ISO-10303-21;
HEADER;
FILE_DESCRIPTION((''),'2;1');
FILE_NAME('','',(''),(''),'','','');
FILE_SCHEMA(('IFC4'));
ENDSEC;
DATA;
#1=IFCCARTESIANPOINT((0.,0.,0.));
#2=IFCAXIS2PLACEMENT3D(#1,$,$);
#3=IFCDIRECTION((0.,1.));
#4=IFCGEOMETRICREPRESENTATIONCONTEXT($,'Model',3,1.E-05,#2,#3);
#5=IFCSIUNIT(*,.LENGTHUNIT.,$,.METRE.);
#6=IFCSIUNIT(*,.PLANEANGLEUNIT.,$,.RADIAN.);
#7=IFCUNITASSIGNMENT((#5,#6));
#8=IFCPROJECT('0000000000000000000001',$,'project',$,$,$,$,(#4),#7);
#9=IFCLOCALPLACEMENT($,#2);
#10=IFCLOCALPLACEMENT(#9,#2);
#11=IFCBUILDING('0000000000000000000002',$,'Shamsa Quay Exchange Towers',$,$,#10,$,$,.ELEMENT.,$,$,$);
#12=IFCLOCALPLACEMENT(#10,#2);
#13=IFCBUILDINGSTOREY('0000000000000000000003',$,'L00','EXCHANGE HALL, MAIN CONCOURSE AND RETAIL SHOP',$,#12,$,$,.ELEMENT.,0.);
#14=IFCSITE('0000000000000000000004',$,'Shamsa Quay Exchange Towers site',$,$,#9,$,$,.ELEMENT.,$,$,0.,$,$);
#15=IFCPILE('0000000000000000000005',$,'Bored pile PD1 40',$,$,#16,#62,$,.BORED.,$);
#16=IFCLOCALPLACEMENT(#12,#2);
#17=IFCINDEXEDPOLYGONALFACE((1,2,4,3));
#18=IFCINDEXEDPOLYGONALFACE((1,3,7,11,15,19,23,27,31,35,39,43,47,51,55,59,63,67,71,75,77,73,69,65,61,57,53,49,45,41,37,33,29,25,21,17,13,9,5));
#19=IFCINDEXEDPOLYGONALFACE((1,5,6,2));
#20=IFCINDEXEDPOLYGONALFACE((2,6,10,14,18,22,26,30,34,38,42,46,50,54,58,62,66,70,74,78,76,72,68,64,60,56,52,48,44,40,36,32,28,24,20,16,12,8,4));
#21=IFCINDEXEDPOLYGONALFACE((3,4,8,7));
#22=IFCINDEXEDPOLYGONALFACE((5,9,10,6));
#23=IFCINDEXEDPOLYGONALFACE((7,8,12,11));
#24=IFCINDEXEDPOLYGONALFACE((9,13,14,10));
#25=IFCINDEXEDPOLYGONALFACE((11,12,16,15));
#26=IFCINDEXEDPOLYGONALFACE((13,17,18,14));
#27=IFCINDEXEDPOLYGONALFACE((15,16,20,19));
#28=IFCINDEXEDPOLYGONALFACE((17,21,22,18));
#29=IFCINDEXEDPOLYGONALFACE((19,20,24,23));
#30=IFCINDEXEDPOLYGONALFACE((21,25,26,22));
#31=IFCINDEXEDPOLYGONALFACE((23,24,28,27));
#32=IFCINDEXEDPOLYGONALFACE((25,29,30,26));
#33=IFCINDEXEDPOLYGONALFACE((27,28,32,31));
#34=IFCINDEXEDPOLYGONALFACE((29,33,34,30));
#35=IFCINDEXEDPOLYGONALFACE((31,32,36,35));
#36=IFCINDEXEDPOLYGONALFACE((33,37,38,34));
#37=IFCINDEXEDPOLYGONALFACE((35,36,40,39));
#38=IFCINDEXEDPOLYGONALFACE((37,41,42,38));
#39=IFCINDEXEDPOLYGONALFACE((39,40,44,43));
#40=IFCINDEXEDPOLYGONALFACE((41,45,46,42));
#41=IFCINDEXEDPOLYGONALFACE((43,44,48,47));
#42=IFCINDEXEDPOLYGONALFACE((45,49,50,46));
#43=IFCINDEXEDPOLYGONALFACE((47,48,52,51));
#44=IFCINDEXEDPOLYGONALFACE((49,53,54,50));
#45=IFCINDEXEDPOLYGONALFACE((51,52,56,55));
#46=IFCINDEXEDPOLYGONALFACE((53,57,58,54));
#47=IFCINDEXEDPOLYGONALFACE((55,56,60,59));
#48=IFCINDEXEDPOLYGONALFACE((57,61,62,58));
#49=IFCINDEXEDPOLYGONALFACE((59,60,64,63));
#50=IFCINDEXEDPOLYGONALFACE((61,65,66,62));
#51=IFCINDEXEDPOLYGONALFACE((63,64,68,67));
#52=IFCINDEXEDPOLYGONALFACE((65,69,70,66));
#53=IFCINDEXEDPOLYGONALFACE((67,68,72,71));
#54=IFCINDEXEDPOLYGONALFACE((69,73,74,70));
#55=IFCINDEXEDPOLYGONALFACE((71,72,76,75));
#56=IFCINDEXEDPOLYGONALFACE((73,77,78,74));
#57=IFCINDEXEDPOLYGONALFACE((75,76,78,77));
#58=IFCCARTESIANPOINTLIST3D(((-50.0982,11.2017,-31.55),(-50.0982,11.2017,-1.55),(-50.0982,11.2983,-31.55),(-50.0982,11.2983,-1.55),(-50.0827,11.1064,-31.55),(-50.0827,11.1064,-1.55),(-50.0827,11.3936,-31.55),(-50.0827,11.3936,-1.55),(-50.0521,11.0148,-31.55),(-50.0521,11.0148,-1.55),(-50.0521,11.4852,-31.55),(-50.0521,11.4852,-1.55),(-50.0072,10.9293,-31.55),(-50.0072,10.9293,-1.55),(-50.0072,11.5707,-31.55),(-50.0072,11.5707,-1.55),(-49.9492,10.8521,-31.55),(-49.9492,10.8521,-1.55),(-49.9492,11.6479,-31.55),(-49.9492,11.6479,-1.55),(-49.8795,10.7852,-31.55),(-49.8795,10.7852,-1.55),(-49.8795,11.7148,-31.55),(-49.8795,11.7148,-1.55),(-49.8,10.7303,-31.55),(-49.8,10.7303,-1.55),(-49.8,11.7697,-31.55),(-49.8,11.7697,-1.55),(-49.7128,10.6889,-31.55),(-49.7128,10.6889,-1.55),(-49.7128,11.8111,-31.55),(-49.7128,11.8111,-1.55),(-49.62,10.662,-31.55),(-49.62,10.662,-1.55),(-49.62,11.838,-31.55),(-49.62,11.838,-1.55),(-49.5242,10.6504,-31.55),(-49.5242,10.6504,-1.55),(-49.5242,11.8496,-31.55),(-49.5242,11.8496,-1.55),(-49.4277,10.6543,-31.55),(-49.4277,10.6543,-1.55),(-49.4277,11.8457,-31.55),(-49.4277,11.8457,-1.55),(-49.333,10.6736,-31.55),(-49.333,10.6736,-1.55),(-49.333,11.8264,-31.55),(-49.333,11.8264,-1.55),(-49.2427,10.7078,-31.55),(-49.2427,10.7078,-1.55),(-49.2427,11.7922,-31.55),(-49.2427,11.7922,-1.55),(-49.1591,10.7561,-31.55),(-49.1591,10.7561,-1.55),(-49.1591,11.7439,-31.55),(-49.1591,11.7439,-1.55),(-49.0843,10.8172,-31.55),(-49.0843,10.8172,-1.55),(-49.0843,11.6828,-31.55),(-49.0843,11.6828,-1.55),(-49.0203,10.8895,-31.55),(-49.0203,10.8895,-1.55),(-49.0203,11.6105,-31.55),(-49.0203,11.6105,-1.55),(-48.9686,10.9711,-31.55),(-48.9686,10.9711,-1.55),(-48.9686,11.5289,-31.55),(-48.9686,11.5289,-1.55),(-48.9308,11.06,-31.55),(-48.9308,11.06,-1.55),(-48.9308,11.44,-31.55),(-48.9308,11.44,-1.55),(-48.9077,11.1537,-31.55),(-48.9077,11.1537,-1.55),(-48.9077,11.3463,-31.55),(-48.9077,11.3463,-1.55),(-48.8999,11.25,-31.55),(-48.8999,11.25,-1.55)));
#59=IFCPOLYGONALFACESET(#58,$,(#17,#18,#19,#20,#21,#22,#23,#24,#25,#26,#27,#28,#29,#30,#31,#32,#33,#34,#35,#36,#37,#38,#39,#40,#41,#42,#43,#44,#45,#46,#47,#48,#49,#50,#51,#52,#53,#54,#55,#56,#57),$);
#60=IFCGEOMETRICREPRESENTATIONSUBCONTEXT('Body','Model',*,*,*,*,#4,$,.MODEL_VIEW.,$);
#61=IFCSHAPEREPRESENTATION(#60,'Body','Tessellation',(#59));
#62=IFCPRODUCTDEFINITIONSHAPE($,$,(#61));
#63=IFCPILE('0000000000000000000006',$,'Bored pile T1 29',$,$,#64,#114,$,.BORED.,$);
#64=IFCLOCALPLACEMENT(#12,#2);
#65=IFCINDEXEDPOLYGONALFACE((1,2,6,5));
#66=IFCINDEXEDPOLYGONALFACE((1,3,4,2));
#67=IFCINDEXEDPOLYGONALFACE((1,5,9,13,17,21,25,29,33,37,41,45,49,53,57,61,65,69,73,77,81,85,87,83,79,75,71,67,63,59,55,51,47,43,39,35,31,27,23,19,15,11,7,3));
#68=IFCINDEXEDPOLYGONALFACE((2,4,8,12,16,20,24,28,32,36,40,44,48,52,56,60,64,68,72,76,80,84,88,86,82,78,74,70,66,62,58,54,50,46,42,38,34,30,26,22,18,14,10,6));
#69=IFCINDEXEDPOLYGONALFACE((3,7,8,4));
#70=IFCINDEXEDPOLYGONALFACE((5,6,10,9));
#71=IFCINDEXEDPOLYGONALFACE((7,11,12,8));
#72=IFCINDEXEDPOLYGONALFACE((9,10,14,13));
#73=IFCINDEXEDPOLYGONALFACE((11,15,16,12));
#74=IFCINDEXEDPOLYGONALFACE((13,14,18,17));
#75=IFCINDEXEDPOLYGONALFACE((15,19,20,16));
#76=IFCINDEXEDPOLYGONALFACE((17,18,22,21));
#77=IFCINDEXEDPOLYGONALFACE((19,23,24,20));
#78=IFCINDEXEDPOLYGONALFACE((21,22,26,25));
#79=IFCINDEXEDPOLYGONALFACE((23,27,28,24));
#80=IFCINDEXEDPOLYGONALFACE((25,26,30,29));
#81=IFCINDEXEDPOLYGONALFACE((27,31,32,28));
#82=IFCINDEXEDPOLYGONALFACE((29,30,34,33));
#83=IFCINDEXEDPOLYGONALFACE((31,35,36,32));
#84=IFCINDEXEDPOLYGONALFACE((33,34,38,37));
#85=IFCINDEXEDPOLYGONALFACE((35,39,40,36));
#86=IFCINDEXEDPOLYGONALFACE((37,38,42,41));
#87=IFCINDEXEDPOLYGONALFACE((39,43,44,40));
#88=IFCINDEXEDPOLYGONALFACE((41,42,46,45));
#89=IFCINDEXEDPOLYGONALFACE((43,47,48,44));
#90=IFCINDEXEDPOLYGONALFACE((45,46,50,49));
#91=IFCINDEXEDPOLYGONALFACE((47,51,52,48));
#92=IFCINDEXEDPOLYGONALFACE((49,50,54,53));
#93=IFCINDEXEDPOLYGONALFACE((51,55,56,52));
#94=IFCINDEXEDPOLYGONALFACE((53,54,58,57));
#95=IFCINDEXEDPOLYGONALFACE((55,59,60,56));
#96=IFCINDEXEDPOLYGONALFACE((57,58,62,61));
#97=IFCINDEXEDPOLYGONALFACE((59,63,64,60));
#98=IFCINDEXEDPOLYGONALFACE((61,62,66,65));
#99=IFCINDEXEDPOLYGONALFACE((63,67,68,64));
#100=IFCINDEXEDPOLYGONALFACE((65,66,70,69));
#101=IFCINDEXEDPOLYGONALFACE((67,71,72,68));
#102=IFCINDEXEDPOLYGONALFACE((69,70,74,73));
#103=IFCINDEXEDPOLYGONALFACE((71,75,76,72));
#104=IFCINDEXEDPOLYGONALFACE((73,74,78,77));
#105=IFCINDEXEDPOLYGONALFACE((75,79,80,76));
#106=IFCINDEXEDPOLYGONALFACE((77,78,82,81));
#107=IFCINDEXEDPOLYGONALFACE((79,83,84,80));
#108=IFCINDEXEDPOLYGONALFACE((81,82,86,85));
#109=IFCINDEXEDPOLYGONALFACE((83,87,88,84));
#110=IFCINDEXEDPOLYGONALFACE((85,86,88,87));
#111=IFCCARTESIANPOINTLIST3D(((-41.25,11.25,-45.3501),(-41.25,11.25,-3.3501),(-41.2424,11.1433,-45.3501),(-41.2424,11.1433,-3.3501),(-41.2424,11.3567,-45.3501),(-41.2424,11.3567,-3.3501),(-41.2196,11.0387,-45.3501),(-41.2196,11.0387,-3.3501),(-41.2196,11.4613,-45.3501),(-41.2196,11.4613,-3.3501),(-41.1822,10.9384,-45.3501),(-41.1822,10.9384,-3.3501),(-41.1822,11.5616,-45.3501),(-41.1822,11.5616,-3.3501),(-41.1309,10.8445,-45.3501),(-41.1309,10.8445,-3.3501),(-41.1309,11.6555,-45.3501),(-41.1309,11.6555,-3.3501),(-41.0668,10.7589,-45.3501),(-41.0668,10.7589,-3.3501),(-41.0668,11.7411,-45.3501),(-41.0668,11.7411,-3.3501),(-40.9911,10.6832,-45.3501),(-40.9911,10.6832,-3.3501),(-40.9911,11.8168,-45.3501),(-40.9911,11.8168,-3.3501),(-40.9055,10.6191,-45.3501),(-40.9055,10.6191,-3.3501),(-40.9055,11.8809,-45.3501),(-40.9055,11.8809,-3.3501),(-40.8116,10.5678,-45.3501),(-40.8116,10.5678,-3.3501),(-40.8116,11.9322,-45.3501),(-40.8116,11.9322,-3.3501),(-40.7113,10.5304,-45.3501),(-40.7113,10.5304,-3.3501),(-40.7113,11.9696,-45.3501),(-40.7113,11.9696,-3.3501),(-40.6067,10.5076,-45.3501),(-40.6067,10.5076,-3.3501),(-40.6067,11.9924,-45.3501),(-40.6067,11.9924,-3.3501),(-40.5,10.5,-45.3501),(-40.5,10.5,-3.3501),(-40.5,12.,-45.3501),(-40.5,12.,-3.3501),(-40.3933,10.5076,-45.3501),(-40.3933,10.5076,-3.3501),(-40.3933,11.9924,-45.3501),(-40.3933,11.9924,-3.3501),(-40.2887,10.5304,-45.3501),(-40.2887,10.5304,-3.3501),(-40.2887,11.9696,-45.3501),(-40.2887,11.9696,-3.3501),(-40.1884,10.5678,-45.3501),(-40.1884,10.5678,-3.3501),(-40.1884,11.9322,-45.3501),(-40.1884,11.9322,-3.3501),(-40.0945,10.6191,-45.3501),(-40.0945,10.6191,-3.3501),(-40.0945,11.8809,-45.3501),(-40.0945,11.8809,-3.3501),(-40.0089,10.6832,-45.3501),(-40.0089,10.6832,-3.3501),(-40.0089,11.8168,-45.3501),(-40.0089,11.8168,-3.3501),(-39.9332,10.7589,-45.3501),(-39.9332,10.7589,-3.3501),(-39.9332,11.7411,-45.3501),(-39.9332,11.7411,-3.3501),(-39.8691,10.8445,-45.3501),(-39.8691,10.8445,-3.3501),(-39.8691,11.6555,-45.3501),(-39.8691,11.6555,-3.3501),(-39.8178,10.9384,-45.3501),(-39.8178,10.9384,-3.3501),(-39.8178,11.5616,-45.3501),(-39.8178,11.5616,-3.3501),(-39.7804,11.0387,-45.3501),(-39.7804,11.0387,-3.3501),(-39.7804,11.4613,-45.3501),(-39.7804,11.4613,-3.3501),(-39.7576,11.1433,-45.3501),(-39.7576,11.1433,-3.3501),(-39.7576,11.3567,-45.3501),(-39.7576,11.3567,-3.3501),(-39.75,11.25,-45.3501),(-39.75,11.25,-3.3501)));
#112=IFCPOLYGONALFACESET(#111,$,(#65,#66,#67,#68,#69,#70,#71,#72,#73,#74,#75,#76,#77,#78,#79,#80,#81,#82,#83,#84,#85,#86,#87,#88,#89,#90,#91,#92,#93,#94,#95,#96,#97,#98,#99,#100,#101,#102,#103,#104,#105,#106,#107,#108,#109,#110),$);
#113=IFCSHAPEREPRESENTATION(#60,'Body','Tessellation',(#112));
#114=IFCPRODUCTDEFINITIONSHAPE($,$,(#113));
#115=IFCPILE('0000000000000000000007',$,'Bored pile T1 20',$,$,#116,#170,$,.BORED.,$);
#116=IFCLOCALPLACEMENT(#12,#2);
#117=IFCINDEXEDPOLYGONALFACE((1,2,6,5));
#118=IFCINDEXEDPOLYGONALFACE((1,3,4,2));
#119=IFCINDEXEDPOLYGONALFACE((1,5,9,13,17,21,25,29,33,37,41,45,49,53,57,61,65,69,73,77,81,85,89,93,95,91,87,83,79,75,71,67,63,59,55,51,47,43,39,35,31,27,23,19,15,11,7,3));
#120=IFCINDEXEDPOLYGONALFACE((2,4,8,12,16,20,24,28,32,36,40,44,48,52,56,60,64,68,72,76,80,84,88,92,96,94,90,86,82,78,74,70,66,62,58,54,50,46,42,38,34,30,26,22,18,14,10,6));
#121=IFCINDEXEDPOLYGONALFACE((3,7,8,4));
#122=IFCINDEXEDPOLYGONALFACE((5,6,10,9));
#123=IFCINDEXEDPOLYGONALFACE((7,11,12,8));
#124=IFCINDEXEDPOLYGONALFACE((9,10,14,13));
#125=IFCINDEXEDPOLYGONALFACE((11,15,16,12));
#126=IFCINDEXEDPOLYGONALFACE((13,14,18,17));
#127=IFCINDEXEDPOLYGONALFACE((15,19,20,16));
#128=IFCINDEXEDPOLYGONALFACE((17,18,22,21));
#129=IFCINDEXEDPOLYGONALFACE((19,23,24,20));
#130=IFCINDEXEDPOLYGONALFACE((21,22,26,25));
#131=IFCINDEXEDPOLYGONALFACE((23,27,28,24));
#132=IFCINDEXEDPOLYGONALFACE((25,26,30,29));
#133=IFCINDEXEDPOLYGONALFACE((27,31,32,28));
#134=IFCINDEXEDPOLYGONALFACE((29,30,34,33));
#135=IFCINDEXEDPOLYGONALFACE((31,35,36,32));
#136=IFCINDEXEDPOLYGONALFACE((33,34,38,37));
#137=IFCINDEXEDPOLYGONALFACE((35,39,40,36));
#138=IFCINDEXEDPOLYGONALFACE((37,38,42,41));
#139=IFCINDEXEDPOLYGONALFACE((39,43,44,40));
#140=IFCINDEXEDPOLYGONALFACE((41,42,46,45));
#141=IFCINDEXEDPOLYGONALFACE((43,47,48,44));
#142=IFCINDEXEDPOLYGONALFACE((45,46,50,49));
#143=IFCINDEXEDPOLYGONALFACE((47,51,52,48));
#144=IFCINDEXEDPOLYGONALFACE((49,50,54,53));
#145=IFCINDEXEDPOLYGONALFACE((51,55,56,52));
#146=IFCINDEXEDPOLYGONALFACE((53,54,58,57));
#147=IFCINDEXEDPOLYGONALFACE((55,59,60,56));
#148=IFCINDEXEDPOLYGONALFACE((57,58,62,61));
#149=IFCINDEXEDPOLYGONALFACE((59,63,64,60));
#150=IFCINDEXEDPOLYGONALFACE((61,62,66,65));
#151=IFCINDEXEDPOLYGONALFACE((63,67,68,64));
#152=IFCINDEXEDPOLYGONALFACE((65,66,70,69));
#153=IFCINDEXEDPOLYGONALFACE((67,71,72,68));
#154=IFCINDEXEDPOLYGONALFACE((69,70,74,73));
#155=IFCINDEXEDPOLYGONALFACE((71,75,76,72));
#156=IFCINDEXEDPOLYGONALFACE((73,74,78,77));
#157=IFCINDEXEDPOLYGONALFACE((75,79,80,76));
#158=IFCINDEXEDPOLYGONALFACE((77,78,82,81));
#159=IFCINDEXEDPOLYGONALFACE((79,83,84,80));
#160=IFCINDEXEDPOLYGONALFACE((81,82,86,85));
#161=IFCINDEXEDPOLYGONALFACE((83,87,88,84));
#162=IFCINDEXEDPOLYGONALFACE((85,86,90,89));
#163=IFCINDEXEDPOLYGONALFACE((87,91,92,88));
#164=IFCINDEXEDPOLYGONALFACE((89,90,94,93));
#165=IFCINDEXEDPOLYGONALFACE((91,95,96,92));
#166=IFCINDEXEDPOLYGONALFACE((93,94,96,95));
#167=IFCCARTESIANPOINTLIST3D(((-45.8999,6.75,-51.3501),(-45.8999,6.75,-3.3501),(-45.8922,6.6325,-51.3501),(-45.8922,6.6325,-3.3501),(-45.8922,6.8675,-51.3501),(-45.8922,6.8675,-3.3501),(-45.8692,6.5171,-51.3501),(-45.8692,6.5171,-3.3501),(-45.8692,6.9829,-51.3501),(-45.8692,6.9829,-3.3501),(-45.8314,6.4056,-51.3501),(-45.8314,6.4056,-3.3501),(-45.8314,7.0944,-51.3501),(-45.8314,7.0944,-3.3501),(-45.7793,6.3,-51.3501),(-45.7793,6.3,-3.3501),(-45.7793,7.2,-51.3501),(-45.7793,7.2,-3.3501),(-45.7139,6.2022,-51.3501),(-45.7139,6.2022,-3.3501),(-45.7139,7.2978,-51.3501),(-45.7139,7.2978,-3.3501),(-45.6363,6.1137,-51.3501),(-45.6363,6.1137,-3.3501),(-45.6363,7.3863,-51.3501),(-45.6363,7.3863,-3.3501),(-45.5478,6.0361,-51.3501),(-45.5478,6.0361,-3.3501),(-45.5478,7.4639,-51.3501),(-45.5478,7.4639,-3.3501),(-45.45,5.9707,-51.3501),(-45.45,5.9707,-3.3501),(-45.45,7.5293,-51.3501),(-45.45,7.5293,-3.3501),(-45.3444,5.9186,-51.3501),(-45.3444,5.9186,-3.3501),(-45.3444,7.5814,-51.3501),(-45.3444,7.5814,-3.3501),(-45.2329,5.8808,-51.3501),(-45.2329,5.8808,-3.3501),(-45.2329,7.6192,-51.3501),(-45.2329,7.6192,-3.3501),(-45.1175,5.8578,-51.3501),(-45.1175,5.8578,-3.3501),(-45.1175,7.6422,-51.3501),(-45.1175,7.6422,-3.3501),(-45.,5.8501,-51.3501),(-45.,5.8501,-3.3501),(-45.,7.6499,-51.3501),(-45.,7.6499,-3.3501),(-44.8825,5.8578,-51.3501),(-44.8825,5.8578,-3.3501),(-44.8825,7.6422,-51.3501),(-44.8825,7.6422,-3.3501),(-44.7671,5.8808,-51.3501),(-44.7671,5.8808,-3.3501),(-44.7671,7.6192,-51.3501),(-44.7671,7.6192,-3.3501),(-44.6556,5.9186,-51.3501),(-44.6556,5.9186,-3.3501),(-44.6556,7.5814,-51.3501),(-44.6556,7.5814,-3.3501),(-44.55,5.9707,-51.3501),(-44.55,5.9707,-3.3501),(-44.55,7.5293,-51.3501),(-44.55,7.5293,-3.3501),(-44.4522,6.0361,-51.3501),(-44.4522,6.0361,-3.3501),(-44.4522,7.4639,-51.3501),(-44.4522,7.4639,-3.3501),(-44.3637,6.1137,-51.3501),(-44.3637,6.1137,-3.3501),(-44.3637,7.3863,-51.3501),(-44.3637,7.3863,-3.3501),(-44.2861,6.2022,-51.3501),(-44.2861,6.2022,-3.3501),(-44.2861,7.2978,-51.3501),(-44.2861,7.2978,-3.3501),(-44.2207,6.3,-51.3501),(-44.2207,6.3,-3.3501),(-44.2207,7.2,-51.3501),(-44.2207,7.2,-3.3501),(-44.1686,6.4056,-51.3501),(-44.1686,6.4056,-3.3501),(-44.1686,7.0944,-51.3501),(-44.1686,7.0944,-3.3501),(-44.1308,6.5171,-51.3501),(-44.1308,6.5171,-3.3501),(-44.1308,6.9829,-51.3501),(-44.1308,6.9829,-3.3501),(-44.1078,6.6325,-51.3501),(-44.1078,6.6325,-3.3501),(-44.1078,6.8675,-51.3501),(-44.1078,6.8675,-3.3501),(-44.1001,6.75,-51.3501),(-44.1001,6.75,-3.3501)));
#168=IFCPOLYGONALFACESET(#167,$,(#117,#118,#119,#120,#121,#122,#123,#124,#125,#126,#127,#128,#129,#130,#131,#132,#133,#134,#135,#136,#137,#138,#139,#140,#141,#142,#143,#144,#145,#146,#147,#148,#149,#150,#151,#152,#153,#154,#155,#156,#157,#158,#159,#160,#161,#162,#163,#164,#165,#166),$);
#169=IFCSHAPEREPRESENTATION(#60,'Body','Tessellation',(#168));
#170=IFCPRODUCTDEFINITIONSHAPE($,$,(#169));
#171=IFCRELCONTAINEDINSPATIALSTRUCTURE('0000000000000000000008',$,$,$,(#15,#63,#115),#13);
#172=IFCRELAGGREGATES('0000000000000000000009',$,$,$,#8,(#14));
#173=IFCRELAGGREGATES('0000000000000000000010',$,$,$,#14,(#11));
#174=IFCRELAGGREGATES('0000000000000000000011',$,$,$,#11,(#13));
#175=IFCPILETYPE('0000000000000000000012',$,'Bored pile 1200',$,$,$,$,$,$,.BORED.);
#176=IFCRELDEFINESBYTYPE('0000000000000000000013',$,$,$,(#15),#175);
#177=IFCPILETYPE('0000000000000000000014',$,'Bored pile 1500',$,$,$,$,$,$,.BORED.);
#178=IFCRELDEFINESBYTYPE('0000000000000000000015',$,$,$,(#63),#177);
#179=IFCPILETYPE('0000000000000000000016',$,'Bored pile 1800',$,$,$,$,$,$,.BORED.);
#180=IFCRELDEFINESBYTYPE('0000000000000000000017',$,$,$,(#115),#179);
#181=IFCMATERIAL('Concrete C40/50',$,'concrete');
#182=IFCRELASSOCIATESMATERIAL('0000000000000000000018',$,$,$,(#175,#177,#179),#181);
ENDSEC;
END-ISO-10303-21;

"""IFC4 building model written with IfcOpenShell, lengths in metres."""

from ifc_helpers import new_model, si_unit, direction, frame, origin, origin_2d, place, context, subcontext, project, spatial, circle, extrude, material, material_profile, profile_set, type_object, element, save


model = new_model("IFC4")

# Units and contexts
model_context = context("Model", 3, precision=1e-05, world=origin(), true_north=direction((0.0, 1.0)))
body_context = subcontext(model_context, "Body", "Model", "MODEL_VIEW")
ifc_project = project(units=[si_unit("LENGTHUNIT", "METRE"), si_unit("PLANEANGLEUNIT", "RADIAN")], contexts=[model_context])

# Site, building, storey
site_placement = place(None, origin())
site = spatial("IfcSite", under=ifc_project, at=site_placement, Name="Shamsa Quay Exchange Towers site", CompositionType="ELEMENT", RefElevation=0.0)
building_placement = place(site_placement, origin())
building = spatial("IfcBuilding", under=site, at=building_placement, Name="Shamsa Quay Exchange Towers", CompositionType="ELEMENT")
storey_placement = place(building_placement, origin())
storey = spatial("IfcBuildingStorey", under=building, at=storey_placement, Name="L00", Description="EXCHANGE HALL, MAIN CONCOURSE AND RETAIL SHOP", CompositionType="ELEMENT", Elevation=0.0)

# Piles
ifc_material_1 = material(Name="Concrete C40/50", Category="concrete")
ifc_material_profile_1 = material_profile(ifc_material_1, circle(Radius=0.6001, at=origin_2d()), Name="BP1200")
ifc_profile_set_1 = profile_set([ifc_material_profile_1], Name="Concrete C40/50")
pile_type_1 = type_object("IfcPileType", Name="Bored pile 1200", PredefinedType="BORED", material=ifc_profile_set_1)
pile_1_placement = place(storey_placement, frame((-49.5, 11.25, -1.55), z_axis=(0.0, 0.0, -1.0), x_axis=(1.0, 0.0, 0.0)))
element("IfcPile", 1, at=pile_1_placement, inside=storey, type_object=pile_type_1, Name="Bored pile PD1 40", PredefinedType="BORED", context=body_context, shape_type="SweptSolid", body=[
    extrude(circle(Radius=0.6001, at=origin_2d()), origin(), (0.0, 0.0, 1.0), 30.0),
])
ifc_material_profile_2 = material_profile(ifc_material_1, circle(Radius=0.75, at=origin_2d()), Name="BP1500")
ifc_profile_set_2 = profile_set([ifc_material_profile_2], Name="Concrete C40/50")
pile_type_2 = type_object("IfcPileType", Name="Bored pile 1500", PredefinedType="BORED", material=ifc_profile_set_2)
pile_2_placement = place(storey_placement, frame((-40.5, 11.25, -3.3501), z_axis=(0.0, 0.0, -1.0), x_axis=(1.0, 0.0, 0.0)))
element("IfcPile", 2, at=pile_2_placement, inside=storey, type_object=pile_type_2, Name="Bored pile T1 29", PredefinedType="BORED", context=body_context, shape_type="SweptSolid", body=[
    extrude(circle(Radius=0.75, at=origin_2d()), origin(), (0.0, 0.0, 1.0), 42.0),
])
ifc_material_profile_3 = material_profile(ifc_material_1, circle(Radius=0.8999, at=origin_2d()), Name="BP1800")
ifc_profile_set_3 = profile_set([ifc_material_profile_3], Name="Concrete C40/50")
pile_type_3 = type_object("IfcPileType", Name="Bored pile 1800", PredefinedType="BORED", material=ifc_profile_set_3)
for number, where, z_axis, x_axis, name in (
    (3, (-45.0, 6.75, -3.3501), (0.0, 0.0, -1.0), (1.0, 0.0, 0.0), "Bored pile T1 20"),
):
    element("IfcPile", number, at=place(storey_placement, frame(where, z_axis=z_axis, x_axis=x_axis)), inside=storey, type_object=pile_type_3, Name=name, PredefinedType="BORED", context=body_context, shape_type="SweptSolid", body=[
        extrude(circle(Radius=0.8999, at=origin_2d()), origin(), (0.0, 0.0, 1.0), 48.0),
    ])

save(model, "model.ifc")
